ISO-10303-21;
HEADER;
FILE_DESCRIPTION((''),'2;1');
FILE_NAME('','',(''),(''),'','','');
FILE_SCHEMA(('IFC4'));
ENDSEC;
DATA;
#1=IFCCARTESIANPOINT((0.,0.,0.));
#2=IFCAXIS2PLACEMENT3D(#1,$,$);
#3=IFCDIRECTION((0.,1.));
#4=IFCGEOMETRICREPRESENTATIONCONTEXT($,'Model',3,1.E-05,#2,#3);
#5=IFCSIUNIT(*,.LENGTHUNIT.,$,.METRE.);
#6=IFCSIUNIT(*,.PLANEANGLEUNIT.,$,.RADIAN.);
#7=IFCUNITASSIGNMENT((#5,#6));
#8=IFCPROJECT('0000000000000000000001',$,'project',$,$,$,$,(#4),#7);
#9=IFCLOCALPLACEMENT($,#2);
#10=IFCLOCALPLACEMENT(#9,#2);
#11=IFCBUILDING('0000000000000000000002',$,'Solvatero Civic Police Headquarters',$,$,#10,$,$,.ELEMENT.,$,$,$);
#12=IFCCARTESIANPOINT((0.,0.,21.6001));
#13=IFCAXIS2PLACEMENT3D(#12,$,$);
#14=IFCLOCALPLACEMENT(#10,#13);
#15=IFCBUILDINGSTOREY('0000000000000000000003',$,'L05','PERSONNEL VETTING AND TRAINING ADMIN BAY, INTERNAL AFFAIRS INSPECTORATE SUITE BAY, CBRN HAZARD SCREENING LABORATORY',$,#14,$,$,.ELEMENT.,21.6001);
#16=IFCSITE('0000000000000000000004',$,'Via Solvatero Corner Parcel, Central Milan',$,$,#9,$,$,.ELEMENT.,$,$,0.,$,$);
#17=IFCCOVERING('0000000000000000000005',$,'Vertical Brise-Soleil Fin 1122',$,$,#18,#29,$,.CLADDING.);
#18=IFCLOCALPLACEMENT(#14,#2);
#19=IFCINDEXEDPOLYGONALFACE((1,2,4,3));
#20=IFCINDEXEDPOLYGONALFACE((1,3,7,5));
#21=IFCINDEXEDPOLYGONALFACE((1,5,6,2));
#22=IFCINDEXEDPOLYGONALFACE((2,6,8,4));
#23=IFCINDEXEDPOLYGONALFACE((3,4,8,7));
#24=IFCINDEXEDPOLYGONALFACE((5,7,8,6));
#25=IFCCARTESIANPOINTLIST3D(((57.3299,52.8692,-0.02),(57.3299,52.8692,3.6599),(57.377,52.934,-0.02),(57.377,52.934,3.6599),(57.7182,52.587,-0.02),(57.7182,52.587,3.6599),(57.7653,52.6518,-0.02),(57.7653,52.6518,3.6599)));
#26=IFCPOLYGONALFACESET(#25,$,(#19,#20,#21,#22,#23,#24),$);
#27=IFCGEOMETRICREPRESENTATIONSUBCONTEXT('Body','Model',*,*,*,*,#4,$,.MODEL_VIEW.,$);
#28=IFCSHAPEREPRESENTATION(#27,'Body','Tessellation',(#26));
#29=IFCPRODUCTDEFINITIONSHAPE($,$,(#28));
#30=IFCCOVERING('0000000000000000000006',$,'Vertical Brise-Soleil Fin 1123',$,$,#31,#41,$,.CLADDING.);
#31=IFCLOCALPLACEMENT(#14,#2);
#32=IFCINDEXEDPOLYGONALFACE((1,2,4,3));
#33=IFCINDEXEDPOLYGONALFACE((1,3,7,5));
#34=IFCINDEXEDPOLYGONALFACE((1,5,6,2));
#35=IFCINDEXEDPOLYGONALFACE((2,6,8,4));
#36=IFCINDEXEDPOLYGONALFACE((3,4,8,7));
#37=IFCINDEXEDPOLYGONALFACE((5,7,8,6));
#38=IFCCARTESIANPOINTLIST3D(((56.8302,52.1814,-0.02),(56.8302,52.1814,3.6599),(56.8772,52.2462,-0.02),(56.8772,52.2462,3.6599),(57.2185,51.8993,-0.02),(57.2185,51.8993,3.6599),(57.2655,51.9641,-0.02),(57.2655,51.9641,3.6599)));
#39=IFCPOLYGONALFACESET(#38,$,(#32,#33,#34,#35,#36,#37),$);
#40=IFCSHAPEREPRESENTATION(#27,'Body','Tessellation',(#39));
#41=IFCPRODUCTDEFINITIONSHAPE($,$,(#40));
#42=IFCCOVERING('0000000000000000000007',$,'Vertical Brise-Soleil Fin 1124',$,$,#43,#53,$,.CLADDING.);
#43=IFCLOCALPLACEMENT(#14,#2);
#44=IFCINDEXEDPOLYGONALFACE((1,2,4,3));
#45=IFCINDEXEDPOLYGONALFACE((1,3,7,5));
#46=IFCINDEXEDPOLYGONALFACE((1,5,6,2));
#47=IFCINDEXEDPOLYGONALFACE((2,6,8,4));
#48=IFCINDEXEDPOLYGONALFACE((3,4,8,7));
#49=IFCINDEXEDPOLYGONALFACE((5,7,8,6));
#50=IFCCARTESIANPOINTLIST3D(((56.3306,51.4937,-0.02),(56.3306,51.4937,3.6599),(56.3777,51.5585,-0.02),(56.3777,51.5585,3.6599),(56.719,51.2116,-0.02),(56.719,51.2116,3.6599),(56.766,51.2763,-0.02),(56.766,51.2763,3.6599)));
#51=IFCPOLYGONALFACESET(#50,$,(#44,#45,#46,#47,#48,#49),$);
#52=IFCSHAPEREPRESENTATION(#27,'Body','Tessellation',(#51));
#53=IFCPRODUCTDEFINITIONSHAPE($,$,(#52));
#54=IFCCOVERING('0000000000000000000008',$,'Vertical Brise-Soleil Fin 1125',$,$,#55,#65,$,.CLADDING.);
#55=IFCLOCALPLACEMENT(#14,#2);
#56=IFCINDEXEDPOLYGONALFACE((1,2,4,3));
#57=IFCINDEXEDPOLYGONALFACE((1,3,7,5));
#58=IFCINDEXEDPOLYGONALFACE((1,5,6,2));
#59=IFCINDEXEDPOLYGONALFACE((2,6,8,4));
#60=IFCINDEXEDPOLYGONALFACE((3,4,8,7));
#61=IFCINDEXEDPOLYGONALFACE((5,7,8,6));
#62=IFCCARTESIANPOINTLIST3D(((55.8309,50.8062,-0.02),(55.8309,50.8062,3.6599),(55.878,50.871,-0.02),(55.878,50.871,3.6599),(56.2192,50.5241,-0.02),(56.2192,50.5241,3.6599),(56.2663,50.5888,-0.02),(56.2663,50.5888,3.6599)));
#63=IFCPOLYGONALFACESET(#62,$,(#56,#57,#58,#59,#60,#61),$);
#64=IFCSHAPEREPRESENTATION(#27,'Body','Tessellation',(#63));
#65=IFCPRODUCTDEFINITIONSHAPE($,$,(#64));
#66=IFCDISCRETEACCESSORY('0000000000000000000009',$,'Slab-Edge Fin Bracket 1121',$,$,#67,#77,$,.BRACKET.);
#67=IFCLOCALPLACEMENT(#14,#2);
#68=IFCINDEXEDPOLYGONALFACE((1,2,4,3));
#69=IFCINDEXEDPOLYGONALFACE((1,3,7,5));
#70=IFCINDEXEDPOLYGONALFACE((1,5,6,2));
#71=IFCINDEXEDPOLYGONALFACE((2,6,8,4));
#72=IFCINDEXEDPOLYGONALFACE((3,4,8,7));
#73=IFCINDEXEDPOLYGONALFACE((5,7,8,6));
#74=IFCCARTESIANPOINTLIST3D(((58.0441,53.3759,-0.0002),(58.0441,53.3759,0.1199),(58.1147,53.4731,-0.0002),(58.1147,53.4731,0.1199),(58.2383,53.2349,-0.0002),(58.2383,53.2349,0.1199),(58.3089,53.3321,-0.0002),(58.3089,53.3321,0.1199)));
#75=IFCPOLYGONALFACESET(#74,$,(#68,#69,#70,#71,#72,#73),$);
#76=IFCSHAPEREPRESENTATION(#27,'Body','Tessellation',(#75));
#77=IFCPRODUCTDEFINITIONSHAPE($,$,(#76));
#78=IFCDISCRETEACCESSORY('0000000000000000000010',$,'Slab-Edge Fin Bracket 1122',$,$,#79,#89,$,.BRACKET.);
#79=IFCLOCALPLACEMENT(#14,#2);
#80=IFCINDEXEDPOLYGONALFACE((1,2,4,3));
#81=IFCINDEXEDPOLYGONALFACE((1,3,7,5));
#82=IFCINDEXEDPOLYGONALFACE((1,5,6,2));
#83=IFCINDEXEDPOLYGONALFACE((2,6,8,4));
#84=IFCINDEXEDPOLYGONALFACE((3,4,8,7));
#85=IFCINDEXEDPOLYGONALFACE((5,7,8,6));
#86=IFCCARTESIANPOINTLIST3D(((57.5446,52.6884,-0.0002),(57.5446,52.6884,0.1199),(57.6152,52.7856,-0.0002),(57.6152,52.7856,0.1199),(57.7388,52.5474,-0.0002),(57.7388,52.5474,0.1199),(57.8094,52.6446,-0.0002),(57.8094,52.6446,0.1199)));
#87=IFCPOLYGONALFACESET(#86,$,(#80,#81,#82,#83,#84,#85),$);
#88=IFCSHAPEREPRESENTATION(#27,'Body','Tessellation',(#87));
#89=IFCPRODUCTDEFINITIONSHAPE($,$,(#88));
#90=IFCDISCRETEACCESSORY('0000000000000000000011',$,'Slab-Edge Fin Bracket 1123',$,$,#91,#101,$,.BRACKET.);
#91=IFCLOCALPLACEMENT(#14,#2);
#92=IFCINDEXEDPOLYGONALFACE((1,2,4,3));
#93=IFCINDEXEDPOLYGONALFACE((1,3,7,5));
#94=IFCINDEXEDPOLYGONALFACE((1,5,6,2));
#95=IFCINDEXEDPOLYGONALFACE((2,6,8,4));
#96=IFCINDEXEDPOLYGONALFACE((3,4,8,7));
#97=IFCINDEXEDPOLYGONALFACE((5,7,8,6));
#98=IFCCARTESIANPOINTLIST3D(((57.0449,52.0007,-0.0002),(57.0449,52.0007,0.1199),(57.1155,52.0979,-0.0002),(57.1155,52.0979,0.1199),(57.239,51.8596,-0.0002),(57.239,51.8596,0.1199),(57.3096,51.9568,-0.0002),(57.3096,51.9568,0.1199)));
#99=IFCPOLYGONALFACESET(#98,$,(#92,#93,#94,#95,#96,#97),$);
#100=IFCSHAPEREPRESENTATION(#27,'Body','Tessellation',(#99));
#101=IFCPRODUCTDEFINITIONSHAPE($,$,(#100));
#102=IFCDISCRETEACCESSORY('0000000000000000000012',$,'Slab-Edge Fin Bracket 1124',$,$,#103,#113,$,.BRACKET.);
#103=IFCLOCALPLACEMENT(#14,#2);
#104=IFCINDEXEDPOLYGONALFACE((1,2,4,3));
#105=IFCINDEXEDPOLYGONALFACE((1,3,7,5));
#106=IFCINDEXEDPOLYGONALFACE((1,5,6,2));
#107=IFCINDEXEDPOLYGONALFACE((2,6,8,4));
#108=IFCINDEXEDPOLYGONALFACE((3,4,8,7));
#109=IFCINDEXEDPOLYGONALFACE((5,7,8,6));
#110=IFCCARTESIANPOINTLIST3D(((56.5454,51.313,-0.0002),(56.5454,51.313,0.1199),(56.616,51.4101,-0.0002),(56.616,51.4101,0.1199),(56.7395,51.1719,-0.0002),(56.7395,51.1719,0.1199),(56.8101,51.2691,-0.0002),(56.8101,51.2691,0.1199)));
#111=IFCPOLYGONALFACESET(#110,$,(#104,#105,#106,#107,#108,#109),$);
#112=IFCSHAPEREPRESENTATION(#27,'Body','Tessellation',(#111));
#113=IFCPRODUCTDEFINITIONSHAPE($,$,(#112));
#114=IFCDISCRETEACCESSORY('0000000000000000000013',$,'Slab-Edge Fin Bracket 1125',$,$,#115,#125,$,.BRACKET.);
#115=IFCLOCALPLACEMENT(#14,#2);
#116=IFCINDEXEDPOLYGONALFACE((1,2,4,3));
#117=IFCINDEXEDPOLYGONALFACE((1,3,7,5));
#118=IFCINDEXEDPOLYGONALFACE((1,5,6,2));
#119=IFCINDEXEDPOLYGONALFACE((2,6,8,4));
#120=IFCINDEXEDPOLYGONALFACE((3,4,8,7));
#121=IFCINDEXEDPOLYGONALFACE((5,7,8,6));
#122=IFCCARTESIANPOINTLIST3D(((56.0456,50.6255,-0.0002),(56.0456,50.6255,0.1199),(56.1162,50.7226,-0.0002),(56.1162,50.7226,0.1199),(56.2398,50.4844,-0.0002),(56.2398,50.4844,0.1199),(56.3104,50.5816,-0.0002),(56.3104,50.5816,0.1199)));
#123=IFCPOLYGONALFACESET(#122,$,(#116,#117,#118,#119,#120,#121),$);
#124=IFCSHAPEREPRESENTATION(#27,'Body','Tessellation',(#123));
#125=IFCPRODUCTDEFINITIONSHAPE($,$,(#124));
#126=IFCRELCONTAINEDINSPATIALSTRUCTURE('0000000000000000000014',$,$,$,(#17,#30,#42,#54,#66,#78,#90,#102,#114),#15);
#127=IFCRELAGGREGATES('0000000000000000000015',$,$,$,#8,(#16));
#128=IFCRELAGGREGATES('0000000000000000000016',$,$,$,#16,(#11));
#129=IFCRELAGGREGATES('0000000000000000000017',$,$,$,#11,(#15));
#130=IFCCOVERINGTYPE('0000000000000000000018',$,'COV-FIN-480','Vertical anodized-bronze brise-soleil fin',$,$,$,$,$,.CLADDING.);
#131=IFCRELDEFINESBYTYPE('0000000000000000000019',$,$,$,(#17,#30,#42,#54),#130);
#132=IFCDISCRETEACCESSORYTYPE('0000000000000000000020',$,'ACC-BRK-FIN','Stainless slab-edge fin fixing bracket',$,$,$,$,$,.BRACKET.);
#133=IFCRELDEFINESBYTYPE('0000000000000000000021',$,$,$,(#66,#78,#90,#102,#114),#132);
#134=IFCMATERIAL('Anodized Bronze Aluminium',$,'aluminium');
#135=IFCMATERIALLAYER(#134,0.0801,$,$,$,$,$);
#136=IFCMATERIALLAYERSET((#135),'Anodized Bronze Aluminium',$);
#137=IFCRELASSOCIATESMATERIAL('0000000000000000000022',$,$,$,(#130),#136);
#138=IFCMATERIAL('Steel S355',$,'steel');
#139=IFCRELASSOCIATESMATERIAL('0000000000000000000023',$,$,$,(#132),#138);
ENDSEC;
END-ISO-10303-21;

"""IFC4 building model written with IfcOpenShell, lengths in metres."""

from ifc_helpers import new_model, si_unit, direction, frame, origin, origin_2d, place, context, subcontext, project, spatial, rectangle, extrude, material, layer, layer_set, type_object, element, save


model = new_model("IFC4")

# Units and contexts
model_context = context("Model", 3, precision=1e-05, world=origin(), true_north=direction((0.0, 1.0)))
body_context = subcontext(model_context, "Body", "Model", "MODEL_VIEW")
ifc_project = project(units=[si_unit("LENGTHUNIT", "METRE"), si_unit("PLANEANGLEUNIT", "RADIAN")], contexts=[model_context])

# Site, building, storey
site_placement = place(None, origin())
site = spatial("IfcSite", under=ifc_project, at=site_placement, Name="Via Solvatero Corner Parcel, Central Milan", CompositionType="ELEMENT", RefElevation=0.0)
building_placement = place(site_placement, origin())
building = spatial("IfcBuilding", under=site, at=building_placement, Name="Solvatero Civic Police Headquarters", CompositionType="ELEMENT")
storey_placement = place(building_placement, frame((0.0, 0.0, 21.6001)))
storey = spatial("IfcBuildingStorey", under=building, at=storey_placement, Name="L05", Description="PERSONNEL VETTING AND TRAINING ADMIN BAY, INTERNAL AFFAIRS INSPECTORATE SUITE BAY, CBRN HAZARD SCREENING LABORATORY", CompositionType="ELEMENT", Elevation=21.6001)

# Shared definitions
ifc_material_1 = material(Name="Steel S355", Category="steel")

# Shared definitions
ifc_material_2 = material(Name="Anodized Bronze Aluminium", Category="aluminium")

# Coverings
ifc_layer_1 = layer(ifc_material_2, 0.0801)
ifc_layer_set_1 = layer_set([ifc_layer_1], Name="Anodized Bronze Aluminium")
covering_type = type_object("IfcCoveringType", Name="COV-FIN-480", Description="Vertical anodized-bronze brise-soleil fin", PredefinedType="CLADDING", material=ifc_layer_set_1)
for number, where, z_axis, x_axis, name in (
    (1, (57.5476, 52.7605, -0.02), (0.0, 0.0, 1.0), (-0.587785, -0.809017, 0.0), "Vertical Brise-Soleil Fin 1122"),
    (2, (57.0479, 52.0728, -0.02), (0.0, 0.0, 1.0), (-0.587785, -0.809017, 0.0), "Vertical Brise-Soleil Fin 1123"),
    (3, (56.5483, 51.385, -0.02), (0.0, 0.0, 1.0), (-0.587785, -0.809017, 0.0), "Vertical Brise-Soleil Fin 1124"),
    (4, (56.0486, 50.6975, -0.02), (0.0, 0.0, 1.0), (-0.587785, -0.809017, 0.0), "Vertical Brise-Soleil Fin 1125"),
):
    element("IfcCovering", number, at=place(storey_placement, frame(where, z_axis=z_axis, x_axis=x_axis)), inside=storey, type_object=covering_type, Name=name, PredefinedType="CLADDING", context=body_context, shape_type="SweptSolid", body=[
        extrude(rectangle(XDim=0.0801, YDim=0.48, at=origin_2d()), origin(), (0.0, 0.0, 1.0), 3.6799),
    ])

# Discrete accessories
discrete_accessory_type = type_object("IfcDiscreteAccessoryType", Name="ACC-BRK-FIN", Description="Stainless slab-edge fin fixing bracket", PredefinedType="BRACKET", material=ifc_material_1)
for number, where, z_axis, x_axis, name in (
    (5, (58.1765, 53.354, -0.0002), (0.0, 0.0, 1.0), (-0.587785, -0.809017, 0.0), "Slab-Edge Fin Bracket 1121"),
    (6, (57.677, 52.6665, -0.0002), (0.0, 0.0, 1.0), (-0.587785, -0.809017, 0.0), "Slab-Edge Fin Bracket 1122"),
    (7, (57.1772, 51.9788, -0.0002), (0.0, 0.0, 1.0), (-0.587785, -0.809017, 0.0), "Slab-Edge Fin Bracket 1123"),
    (8, (56.6777, 51.291, -0.0002), (0.0, 0.0, 1.0), (-0.587785, -0.809017, 0.0), "Slab-Edge Fin Bracket 1124"),
    (9, (56.178, 50.6035, -0.0002), (0.0, 0.0, 1.0), (-0.587785, -0.809017, 0.0), "Slab-Edge Fin Bracket 1125"),
):
    element("IfcDiscreteAccessory", number, at=place(storey_placement, frame(where, z_axis=z_axis, x_axis=x_axis)), inside=storey, type_object=discrete_accessory_type, Name=name, PredefinedType="BRACKET", context=body_context, shape_type="SweptSolid", body=[
        extrude(rectangle(XDim=0.1201, YDim=0.24, at=origin_2d()), origin(), (0.0, 0.0, 1.0), 0.1201),
    ])

save(model, "model.ifc")
